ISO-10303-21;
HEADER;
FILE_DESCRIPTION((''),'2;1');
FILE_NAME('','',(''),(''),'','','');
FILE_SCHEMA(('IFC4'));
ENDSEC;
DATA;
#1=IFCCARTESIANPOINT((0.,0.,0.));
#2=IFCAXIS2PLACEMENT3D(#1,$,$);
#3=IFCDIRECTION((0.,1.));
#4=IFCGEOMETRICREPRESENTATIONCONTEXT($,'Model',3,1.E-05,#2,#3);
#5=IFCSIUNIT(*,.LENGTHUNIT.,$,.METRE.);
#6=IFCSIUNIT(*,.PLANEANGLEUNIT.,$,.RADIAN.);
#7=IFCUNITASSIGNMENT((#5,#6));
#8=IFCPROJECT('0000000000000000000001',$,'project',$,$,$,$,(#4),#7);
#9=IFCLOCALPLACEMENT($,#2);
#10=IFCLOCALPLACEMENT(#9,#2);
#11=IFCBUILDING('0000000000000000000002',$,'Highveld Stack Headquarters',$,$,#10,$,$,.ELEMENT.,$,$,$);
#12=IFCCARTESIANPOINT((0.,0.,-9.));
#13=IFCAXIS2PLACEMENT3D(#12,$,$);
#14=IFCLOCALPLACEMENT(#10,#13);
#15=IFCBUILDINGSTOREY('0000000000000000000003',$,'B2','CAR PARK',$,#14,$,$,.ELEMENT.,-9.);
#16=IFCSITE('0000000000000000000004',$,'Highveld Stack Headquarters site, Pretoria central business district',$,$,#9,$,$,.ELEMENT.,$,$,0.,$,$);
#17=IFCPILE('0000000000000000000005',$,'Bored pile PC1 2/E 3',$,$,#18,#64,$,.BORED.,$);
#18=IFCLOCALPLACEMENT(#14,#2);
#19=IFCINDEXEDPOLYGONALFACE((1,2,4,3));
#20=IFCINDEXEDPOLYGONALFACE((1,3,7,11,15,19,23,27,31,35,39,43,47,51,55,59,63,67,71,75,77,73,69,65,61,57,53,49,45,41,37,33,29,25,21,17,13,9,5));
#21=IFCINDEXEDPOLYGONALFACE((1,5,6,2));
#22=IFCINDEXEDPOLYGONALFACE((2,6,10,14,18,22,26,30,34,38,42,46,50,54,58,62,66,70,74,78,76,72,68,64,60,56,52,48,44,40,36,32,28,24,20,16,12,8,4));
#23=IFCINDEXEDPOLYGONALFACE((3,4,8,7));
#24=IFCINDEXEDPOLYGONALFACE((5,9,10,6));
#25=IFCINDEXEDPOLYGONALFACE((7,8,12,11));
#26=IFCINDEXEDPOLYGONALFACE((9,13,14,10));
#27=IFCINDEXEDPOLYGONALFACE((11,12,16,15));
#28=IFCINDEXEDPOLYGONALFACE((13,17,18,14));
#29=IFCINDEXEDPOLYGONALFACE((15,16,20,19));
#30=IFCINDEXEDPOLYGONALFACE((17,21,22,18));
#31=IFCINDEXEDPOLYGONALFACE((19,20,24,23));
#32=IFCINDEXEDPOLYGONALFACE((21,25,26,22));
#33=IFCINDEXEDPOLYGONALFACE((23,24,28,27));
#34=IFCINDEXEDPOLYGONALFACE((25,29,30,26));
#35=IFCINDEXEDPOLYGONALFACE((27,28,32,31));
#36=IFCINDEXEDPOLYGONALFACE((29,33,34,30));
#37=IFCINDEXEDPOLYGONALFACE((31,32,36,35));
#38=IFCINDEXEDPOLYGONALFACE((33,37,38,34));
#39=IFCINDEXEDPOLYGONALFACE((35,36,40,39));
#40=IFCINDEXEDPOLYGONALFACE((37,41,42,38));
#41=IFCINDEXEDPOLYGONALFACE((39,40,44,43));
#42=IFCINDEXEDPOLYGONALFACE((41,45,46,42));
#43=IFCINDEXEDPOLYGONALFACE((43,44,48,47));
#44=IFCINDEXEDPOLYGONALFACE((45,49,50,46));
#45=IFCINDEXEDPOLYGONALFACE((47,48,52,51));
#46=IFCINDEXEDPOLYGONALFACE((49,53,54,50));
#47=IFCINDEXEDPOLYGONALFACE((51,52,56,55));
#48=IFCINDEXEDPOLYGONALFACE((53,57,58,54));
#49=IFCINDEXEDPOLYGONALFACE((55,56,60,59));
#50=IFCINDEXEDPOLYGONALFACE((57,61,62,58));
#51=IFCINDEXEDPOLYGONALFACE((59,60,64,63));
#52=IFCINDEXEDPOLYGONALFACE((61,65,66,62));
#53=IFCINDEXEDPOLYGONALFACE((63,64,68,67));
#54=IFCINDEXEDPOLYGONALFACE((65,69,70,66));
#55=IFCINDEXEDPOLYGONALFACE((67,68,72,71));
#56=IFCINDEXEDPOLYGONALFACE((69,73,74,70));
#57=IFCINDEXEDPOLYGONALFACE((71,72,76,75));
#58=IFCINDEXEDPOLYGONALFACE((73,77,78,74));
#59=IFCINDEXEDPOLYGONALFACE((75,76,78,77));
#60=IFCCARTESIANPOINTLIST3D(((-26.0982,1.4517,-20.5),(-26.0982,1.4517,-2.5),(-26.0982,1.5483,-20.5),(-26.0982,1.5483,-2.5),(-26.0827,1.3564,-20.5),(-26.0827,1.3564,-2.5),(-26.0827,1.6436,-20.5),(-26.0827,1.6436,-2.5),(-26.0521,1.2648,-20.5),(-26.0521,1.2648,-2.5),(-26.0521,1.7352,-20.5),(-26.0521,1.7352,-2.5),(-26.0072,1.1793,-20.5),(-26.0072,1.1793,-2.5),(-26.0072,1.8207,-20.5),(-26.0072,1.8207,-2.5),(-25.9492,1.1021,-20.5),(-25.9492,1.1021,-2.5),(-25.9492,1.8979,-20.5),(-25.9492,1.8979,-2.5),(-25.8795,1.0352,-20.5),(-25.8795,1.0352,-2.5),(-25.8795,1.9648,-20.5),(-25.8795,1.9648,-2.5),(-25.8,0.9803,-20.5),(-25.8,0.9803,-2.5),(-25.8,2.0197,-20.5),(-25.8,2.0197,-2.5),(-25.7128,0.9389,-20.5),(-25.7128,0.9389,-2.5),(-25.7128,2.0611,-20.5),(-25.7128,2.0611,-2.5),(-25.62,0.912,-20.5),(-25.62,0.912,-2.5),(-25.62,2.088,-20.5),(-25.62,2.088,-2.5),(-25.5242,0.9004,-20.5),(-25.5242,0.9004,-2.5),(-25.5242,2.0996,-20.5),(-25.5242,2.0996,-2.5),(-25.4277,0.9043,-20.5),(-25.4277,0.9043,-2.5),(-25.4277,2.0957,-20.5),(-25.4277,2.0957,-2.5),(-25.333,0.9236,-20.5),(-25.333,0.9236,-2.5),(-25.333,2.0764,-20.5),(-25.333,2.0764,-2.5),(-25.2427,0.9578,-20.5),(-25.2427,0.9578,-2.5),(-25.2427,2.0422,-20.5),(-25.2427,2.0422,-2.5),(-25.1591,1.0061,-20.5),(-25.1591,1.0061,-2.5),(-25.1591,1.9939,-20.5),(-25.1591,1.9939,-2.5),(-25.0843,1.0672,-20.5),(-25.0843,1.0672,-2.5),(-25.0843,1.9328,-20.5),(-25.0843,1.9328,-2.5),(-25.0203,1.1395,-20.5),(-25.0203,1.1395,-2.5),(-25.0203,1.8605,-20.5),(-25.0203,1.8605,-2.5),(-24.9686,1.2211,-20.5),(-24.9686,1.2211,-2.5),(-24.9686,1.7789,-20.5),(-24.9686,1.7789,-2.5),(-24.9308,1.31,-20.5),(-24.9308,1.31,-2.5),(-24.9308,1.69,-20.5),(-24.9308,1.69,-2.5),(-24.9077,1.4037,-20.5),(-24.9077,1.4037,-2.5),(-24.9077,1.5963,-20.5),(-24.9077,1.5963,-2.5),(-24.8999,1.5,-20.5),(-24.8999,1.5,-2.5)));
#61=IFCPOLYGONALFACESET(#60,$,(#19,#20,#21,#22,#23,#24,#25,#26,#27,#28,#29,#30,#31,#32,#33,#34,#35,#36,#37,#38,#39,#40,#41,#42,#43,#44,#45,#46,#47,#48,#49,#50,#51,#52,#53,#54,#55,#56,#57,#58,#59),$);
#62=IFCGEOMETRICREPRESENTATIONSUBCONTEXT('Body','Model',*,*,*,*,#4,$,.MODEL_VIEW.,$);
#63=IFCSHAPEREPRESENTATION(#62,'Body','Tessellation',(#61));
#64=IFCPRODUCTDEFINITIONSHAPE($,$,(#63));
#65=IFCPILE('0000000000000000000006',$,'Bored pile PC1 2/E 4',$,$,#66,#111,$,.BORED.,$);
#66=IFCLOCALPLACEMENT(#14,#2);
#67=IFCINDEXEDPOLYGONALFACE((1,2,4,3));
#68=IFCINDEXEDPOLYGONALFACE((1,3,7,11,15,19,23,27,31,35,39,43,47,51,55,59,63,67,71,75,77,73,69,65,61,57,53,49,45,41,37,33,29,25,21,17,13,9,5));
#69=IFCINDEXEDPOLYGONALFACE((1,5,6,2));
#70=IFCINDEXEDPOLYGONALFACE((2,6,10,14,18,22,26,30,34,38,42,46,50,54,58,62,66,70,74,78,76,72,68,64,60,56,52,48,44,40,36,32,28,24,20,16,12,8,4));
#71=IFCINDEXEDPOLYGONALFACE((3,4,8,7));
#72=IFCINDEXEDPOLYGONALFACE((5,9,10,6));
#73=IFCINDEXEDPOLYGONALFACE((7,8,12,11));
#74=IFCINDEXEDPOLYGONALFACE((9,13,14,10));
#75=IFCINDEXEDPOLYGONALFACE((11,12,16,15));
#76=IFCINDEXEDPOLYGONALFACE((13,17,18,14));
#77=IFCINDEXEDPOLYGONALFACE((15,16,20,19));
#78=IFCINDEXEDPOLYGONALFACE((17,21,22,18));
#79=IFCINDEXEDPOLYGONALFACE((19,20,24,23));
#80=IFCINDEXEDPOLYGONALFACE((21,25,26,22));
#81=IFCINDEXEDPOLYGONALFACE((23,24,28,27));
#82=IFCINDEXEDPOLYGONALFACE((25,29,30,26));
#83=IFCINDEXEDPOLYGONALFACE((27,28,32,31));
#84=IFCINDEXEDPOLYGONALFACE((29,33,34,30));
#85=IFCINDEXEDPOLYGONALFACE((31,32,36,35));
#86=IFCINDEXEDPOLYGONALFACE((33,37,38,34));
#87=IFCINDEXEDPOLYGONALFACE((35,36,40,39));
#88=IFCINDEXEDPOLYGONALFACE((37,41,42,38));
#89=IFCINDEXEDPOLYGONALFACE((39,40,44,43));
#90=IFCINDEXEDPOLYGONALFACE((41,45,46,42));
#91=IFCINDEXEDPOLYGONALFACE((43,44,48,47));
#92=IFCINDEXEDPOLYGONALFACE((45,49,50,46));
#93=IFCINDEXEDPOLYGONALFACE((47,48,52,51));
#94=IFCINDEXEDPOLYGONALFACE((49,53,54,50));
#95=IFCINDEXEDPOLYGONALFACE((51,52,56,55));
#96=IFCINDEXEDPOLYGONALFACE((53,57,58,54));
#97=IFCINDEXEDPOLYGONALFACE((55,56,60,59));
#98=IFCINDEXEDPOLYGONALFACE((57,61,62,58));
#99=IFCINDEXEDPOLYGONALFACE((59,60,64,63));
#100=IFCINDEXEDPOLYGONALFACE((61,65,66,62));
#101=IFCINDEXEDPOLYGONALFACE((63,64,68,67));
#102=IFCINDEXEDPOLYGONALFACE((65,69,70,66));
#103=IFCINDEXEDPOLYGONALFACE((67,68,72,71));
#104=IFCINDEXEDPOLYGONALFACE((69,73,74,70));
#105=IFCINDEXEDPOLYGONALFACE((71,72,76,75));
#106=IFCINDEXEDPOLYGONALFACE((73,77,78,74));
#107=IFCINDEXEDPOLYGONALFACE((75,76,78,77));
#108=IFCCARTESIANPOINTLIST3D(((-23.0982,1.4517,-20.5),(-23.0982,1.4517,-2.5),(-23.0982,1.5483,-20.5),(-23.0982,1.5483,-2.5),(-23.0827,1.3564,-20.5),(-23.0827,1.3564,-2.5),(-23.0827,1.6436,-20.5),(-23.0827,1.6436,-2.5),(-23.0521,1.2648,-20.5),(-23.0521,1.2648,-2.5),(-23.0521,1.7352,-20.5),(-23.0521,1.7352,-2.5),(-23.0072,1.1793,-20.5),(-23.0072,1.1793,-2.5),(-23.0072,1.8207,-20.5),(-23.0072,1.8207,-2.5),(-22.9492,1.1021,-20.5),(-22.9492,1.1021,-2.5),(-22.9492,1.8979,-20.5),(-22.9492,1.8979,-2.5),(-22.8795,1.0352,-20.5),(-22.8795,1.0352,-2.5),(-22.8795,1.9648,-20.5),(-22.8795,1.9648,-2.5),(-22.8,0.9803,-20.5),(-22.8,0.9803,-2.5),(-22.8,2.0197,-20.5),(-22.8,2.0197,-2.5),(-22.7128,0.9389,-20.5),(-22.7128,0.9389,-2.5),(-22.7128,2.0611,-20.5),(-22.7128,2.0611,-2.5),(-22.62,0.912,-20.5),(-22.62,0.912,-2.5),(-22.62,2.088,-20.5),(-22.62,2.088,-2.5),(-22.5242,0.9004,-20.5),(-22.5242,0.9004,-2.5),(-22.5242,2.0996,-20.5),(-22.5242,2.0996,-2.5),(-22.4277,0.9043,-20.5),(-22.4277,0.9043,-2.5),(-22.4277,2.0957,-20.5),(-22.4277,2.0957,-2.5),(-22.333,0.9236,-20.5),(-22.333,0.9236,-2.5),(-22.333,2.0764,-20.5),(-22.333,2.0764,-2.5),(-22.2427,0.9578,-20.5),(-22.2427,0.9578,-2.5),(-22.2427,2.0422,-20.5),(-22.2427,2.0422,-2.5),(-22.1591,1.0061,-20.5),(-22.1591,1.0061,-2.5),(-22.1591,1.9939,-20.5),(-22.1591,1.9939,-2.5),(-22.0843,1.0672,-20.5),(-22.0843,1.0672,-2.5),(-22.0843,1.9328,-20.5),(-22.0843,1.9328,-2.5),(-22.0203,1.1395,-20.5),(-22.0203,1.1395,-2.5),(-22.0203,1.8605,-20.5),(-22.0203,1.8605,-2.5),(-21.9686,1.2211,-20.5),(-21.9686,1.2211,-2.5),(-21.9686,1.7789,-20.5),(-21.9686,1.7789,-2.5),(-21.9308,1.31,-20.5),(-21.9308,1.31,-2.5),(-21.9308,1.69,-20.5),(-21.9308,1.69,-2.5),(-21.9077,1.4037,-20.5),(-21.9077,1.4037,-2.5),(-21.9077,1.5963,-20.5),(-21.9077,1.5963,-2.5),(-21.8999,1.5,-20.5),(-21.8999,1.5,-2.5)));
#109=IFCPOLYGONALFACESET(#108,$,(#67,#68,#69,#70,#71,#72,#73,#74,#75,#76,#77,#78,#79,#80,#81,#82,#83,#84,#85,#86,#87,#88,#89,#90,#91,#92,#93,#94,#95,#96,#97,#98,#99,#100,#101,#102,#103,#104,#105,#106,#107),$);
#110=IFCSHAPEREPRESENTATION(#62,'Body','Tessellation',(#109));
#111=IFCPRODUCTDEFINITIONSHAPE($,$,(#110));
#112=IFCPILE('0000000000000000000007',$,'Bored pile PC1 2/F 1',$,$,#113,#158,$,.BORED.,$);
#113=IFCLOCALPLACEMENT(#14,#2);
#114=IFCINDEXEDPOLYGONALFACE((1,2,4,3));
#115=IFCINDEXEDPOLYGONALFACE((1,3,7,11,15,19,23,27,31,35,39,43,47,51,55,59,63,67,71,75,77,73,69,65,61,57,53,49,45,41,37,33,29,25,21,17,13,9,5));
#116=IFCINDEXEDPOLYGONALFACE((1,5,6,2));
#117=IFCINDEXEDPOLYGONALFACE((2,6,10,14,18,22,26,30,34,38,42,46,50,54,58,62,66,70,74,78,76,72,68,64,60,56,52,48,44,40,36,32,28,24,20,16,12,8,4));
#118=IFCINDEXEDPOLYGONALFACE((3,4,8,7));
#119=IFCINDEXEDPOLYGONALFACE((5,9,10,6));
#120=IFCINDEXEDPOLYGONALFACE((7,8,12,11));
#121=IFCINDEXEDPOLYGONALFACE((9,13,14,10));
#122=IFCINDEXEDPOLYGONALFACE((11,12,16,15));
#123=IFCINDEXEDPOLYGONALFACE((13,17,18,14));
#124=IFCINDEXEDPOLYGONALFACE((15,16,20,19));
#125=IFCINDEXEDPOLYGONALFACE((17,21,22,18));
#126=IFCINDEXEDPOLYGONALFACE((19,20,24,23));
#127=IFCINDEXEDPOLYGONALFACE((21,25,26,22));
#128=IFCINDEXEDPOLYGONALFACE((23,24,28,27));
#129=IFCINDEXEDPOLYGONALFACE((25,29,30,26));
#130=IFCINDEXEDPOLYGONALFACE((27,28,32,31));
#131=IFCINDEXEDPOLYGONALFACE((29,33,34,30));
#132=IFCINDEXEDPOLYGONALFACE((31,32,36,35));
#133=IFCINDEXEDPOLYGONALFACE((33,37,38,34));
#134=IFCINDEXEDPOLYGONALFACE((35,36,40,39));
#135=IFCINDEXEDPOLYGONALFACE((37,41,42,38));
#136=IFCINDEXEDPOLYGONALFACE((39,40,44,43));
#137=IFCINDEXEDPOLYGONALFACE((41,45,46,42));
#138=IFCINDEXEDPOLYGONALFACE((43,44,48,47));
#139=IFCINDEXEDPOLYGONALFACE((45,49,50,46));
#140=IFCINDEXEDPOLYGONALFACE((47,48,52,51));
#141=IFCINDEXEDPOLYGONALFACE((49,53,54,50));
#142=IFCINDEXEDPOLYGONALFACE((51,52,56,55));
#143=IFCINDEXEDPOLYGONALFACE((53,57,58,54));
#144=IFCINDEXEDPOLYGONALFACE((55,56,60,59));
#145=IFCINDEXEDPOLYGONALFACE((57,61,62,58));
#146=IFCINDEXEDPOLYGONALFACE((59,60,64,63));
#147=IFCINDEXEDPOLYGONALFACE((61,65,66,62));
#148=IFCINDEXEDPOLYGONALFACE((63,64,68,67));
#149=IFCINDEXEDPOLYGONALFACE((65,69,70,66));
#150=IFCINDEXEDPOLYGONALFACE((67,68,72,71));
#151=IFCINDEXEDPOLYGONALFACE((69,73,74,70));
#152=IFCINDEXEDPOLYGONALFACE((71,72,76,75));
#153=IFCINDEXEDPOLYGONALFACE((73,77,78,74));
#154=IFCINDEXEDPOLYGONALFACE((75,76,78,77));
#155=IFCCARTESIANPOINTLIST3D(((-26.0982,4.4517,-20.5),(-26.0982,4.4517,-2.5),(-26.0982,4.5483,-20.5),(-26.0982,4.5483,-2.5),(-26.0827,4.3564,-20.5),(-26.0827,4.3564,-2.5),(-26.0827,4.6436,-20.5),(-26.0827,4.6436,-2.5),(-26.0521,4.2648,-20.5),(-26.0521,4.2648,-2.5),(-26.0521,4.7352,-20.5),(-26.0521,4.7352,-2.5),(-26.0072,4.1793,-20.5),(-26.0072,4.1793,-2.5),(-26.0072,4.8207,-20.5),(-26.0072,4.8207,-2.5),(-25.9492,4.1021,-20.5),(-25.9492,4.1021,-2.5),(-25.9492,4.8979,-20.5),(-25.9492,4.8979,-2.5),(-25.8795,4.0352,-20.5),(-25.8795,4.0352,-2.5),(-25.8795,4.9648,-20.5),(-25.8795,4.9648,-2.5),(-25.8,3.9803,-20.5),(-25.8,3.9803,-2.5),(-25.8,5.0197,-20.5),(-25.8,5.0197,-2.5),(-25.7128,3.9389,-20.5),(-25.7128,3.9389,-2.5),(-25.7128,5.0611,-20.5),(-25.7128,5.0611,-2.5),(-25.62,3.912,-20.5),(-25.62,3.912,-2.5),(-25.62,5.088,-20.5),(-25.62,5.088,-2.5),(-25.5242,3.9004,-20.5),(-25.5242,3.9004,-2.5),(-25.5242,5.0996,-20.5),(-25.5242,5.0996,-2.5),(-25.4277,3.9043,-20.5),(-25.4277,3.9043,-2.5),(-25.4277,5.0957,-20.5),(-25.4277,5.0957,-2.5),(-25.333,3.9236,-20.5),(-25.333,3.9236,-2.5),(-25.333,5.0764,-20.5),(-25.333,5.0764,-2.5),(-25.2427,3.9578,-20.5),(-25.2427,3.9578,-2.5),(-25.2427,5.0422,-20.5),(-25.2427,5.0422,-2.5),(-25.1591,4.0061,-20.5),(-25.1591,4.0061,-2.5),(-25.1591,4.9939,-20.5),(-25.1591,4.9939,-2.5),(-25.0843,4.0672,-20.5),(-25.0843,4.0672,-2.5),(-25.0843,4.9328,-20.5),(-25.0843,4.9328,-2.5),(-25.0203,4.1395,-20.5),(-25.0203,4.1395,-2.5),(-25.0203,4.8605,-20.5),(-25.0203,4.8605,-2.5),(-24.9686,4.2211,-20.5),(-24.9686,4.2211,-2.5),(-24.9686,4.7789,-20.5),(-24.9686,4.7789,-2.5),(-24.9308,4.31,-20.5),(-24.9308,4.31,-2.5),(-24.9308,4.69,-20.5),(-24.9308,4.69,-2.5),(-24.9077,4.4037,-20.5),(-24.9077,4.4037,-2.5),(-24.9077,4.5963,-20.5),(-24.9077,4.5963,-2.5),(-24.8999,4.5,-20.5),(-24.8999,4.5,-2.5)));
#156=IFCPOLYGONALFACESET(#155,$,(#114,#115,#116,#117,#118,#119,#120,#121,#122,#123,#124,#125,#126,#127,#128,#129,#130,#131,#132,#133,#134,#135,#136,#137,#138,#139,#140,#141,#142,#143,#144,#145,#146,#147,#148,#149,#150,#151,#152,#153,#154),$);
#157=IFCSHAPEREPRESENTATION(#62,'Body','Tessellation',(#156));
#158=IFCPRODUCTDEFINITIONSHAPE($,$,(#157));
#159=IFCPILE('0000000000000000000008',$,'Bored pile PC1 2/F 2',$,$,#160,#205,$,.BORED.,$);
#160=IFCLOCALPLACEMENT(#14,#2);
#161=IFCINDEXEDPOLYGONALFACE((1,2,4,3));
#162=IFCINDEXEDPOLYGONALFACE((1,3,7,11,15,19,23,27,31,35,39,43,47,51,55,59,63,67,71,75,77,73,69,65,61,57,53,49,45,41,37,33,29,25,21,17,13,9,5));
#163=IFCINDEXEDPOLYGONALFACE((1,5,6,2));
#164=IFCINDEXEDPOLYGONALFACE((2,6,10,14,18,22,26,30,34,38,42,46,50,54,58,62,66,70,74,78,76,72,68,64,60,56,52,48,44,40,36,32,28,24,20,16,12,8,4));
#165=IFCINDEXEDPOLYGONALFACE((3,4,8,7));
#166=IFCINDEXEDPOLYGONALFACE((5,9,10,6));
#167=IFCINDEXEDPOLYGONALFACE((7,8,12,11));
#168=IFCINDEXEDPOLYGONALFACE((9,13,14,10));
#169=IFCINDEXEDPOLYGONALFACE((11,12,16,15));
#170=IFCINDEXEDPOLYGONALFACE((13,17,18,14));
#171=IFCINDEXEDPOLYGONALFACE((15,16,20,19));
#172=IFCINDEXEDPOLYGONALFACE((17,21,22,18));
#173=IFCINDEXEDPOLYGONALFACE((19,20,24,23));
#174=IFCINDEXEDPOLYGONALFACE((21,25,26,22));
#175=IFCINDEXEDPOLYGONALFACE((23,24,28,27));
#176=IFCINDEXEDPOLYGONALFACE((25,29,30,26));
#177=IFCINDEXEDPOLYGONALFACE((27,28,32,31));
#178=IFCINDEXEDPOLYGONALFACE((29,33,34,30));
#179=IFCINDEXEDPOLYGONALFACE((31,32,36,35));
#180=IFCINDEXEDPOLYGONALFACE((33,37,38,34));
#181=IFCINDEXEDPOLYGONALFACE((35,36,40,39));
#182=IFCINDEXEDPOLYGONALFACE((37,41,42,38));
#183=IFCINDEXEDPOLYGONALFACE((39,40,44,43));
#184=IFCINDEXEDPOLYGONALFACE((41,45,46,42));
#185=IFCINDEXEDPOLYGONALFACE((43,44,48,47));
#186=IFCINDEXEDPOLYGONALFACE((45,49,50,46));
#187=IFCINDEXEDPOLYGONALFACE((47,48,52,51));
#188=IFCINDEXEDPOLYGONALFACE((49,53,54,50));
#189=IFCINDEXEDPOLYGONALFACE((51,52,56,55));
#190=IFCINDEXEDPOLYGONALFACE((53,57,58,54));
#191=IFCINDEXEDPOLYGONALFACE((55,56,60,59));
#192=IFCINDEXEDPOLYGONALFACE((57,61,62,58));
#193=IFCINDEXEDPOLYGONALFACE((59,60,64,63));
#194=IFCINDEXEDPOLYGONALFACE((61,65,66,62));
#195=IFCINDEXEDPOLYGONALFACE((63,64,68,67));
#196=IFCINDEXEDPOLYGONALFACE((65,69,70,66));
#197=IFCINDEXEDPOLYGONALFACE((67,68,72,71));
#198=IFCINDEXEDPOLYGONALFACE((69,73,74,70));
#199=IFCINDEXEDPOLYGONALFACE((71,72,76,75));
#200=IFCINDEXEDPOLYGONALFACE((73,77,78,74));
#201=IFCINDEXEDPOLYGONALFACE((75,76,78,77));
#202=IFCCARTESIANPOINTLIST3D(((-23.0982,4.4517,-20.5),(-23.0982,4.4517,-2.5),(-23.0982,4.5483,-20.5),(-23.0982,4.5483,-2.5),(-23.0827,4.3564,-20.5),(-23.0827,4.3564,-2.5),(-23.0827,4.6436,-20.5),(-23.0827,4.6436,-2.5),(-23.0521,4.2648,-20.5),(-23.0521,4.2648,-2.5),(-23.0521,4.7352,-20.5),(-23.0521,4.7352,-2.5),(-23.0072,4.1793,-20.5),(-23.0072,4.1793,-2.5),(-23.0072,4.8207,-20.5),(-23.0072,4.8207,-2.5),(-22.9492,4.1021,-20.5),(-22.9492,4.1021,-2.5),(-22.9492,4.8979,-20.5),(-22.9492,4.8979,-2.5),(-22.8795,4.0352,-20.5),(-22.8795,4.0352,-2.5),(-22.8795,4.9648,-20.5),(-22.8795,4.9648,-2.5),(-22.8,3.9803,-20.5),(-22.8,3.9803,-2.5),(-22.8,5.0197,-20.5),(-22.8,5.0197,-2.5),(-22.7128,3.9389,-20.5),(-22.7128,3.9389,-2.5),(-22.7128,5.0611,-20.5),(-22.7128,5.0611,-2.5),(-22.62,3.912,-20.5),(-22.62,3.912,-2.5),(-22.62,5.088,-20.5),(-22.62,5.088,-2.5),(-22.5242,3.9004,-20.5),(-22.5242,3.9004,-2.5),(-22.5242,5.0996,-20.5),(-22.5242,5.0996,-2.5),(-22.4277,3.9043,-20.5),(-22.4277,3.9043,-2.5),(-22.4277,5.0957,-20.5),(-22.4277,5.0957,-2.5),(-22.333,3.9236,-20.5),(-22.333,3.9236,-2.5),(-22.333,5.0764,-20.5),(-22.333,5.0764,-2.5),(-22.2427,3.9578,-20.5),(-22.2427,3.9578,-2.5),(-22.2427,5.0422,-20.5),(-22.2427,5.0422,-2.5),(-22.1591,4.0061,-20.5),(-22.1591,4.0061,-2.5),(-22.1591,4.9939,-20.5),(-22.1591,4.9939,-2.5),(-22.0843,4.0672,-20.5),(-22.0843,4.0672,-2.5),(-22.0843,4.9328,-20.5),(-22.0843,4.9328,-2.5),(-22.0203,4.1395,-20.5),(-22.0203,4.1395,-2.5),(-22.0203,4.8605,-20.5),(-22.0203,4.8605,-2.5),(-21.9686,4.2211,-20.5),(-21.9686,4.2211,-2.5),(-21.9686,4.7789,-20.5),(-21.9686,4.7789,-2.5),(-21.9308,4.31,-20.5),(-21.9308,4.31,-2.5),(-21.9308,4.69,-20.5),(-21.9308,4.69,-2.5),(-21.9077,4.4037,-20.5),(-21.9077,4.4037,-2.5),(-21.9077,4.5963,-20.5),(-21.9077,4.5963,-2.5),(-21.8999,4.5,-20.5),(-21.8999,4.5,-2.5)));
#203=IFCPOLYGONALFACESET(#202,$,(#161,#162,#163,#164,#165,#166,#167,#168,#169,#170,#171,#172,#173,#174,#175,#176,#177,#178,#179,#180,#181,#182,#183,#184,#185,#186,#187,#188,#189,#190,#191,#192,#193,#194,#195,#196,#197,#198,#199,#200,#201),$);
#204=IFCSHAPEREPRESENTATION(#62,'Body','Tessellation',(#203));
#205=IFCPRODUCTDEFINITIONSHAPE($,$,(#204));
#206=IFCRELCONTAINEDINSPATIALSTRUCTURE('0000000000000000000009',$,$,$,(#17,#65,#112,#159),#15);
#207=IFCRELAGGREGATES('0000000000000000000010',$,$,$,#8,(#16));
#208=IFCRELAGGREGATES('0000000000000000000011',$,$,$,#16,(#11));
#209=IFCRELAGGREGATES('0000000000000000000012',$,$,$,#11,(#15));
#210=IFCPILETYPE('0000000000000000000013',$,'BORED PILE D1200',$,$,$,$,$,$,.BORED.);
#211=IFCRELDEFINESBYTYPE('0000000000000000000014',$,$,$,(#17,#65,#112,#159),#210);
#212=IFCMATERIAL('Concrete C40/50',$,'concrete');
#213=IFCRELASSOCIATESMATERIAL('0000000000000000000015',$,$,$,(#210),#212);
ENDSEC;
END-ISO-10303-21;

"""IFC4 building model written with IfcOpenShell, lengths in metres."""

from ifc_helpers import new_model, si_unit, direction, frame, origin, origin_2d, place, context, subcontext, project, spatial, circle, extrude, material, type_object, element, save


model = new_model("IFC4")

# Units and contexts
model_context = context("Model", 3, precision=1e-05, world=origin(), true_north=direction((0.0, 1.0)))
body_context = subcontext(model_context, "Body", "Model", "MODEL_VIEW")
ifc_project = project(units=[si_unit("LENGTHUNIT", "METRE"), si_unit("PLANEANGLEUNIT", "RADIAN")], contexts=[model_context])

# Site, building, storey
site_placement = place(None, origin())
site = spatial("IfcSite", under=ifc_project, at=site_placement, Name="Highveld Stack Headquarters site, Pretoria central business district", CompositionType="ELEMENT", RefElevation=0.0)
building_placement = place(site_placement, origin())
building = spatial("IfcBuilding", under=site, at=building_placement, Name="Highveld Stack Headquarters", CompositionType="ELEMENT")
storey_placement = place(building_placement, frame((0.0, 0.0, -9.0)))
storey = spatial("IfcBuildingStorey", under=building, at=storey_placement, Name="B2", Description="CAR PARK", CompositionType="ELEMENT", Elevation=-9.0)

# Piles
ifc_material_1 = material(Name="Concrete C40/50", Category="concrete")
pile_type_1 = type_object("IfcPileType", Name="BORED PILE D1200", PredefinedType="BORED", material=ifc_material_1)
for number, where, z_axis, x_axis, name in (
    (1, (-25.5, 1.5, -2.5), (0.0, 0.0, -1.0), (1.0, 0.0, 0.0), "Bored pile PC1 2/E 3"),
    (2, (-22.5, 1.5, -2.5), (0.0, 0.0, -1.0), (1.0, 0.0, 0.0), "Bored pile PC1 2/E 4"),
    (3, (-25.5, 4.5, -2.5), (0.0, 0.0, -1.0), (1.0, 0.0, 0.0), "Bored pile PC1 2/F 1"),
    (4, (-22.5, 4.5, -2.5), (0.0, 0.0, -1.0), (1.0, 0.0, 0.0), "Bored pile PC1 2/F 2"),
):
    element("IfcPile", number, at=place(storey_placement, frame(where, z_axis=z_axis, x_axis=x_axis)), inside=storey, type_object=pile_type_1, Name=name, PredefinedType="BORED", context=body_context, shape_type="SweptSolid", body=[
        extrude(circle(Radius=0.6001, at=origin_2d()), origin(), (0.0, 0.0, 1.0), 18.0),
    ])

save(model, "model.ifc")
